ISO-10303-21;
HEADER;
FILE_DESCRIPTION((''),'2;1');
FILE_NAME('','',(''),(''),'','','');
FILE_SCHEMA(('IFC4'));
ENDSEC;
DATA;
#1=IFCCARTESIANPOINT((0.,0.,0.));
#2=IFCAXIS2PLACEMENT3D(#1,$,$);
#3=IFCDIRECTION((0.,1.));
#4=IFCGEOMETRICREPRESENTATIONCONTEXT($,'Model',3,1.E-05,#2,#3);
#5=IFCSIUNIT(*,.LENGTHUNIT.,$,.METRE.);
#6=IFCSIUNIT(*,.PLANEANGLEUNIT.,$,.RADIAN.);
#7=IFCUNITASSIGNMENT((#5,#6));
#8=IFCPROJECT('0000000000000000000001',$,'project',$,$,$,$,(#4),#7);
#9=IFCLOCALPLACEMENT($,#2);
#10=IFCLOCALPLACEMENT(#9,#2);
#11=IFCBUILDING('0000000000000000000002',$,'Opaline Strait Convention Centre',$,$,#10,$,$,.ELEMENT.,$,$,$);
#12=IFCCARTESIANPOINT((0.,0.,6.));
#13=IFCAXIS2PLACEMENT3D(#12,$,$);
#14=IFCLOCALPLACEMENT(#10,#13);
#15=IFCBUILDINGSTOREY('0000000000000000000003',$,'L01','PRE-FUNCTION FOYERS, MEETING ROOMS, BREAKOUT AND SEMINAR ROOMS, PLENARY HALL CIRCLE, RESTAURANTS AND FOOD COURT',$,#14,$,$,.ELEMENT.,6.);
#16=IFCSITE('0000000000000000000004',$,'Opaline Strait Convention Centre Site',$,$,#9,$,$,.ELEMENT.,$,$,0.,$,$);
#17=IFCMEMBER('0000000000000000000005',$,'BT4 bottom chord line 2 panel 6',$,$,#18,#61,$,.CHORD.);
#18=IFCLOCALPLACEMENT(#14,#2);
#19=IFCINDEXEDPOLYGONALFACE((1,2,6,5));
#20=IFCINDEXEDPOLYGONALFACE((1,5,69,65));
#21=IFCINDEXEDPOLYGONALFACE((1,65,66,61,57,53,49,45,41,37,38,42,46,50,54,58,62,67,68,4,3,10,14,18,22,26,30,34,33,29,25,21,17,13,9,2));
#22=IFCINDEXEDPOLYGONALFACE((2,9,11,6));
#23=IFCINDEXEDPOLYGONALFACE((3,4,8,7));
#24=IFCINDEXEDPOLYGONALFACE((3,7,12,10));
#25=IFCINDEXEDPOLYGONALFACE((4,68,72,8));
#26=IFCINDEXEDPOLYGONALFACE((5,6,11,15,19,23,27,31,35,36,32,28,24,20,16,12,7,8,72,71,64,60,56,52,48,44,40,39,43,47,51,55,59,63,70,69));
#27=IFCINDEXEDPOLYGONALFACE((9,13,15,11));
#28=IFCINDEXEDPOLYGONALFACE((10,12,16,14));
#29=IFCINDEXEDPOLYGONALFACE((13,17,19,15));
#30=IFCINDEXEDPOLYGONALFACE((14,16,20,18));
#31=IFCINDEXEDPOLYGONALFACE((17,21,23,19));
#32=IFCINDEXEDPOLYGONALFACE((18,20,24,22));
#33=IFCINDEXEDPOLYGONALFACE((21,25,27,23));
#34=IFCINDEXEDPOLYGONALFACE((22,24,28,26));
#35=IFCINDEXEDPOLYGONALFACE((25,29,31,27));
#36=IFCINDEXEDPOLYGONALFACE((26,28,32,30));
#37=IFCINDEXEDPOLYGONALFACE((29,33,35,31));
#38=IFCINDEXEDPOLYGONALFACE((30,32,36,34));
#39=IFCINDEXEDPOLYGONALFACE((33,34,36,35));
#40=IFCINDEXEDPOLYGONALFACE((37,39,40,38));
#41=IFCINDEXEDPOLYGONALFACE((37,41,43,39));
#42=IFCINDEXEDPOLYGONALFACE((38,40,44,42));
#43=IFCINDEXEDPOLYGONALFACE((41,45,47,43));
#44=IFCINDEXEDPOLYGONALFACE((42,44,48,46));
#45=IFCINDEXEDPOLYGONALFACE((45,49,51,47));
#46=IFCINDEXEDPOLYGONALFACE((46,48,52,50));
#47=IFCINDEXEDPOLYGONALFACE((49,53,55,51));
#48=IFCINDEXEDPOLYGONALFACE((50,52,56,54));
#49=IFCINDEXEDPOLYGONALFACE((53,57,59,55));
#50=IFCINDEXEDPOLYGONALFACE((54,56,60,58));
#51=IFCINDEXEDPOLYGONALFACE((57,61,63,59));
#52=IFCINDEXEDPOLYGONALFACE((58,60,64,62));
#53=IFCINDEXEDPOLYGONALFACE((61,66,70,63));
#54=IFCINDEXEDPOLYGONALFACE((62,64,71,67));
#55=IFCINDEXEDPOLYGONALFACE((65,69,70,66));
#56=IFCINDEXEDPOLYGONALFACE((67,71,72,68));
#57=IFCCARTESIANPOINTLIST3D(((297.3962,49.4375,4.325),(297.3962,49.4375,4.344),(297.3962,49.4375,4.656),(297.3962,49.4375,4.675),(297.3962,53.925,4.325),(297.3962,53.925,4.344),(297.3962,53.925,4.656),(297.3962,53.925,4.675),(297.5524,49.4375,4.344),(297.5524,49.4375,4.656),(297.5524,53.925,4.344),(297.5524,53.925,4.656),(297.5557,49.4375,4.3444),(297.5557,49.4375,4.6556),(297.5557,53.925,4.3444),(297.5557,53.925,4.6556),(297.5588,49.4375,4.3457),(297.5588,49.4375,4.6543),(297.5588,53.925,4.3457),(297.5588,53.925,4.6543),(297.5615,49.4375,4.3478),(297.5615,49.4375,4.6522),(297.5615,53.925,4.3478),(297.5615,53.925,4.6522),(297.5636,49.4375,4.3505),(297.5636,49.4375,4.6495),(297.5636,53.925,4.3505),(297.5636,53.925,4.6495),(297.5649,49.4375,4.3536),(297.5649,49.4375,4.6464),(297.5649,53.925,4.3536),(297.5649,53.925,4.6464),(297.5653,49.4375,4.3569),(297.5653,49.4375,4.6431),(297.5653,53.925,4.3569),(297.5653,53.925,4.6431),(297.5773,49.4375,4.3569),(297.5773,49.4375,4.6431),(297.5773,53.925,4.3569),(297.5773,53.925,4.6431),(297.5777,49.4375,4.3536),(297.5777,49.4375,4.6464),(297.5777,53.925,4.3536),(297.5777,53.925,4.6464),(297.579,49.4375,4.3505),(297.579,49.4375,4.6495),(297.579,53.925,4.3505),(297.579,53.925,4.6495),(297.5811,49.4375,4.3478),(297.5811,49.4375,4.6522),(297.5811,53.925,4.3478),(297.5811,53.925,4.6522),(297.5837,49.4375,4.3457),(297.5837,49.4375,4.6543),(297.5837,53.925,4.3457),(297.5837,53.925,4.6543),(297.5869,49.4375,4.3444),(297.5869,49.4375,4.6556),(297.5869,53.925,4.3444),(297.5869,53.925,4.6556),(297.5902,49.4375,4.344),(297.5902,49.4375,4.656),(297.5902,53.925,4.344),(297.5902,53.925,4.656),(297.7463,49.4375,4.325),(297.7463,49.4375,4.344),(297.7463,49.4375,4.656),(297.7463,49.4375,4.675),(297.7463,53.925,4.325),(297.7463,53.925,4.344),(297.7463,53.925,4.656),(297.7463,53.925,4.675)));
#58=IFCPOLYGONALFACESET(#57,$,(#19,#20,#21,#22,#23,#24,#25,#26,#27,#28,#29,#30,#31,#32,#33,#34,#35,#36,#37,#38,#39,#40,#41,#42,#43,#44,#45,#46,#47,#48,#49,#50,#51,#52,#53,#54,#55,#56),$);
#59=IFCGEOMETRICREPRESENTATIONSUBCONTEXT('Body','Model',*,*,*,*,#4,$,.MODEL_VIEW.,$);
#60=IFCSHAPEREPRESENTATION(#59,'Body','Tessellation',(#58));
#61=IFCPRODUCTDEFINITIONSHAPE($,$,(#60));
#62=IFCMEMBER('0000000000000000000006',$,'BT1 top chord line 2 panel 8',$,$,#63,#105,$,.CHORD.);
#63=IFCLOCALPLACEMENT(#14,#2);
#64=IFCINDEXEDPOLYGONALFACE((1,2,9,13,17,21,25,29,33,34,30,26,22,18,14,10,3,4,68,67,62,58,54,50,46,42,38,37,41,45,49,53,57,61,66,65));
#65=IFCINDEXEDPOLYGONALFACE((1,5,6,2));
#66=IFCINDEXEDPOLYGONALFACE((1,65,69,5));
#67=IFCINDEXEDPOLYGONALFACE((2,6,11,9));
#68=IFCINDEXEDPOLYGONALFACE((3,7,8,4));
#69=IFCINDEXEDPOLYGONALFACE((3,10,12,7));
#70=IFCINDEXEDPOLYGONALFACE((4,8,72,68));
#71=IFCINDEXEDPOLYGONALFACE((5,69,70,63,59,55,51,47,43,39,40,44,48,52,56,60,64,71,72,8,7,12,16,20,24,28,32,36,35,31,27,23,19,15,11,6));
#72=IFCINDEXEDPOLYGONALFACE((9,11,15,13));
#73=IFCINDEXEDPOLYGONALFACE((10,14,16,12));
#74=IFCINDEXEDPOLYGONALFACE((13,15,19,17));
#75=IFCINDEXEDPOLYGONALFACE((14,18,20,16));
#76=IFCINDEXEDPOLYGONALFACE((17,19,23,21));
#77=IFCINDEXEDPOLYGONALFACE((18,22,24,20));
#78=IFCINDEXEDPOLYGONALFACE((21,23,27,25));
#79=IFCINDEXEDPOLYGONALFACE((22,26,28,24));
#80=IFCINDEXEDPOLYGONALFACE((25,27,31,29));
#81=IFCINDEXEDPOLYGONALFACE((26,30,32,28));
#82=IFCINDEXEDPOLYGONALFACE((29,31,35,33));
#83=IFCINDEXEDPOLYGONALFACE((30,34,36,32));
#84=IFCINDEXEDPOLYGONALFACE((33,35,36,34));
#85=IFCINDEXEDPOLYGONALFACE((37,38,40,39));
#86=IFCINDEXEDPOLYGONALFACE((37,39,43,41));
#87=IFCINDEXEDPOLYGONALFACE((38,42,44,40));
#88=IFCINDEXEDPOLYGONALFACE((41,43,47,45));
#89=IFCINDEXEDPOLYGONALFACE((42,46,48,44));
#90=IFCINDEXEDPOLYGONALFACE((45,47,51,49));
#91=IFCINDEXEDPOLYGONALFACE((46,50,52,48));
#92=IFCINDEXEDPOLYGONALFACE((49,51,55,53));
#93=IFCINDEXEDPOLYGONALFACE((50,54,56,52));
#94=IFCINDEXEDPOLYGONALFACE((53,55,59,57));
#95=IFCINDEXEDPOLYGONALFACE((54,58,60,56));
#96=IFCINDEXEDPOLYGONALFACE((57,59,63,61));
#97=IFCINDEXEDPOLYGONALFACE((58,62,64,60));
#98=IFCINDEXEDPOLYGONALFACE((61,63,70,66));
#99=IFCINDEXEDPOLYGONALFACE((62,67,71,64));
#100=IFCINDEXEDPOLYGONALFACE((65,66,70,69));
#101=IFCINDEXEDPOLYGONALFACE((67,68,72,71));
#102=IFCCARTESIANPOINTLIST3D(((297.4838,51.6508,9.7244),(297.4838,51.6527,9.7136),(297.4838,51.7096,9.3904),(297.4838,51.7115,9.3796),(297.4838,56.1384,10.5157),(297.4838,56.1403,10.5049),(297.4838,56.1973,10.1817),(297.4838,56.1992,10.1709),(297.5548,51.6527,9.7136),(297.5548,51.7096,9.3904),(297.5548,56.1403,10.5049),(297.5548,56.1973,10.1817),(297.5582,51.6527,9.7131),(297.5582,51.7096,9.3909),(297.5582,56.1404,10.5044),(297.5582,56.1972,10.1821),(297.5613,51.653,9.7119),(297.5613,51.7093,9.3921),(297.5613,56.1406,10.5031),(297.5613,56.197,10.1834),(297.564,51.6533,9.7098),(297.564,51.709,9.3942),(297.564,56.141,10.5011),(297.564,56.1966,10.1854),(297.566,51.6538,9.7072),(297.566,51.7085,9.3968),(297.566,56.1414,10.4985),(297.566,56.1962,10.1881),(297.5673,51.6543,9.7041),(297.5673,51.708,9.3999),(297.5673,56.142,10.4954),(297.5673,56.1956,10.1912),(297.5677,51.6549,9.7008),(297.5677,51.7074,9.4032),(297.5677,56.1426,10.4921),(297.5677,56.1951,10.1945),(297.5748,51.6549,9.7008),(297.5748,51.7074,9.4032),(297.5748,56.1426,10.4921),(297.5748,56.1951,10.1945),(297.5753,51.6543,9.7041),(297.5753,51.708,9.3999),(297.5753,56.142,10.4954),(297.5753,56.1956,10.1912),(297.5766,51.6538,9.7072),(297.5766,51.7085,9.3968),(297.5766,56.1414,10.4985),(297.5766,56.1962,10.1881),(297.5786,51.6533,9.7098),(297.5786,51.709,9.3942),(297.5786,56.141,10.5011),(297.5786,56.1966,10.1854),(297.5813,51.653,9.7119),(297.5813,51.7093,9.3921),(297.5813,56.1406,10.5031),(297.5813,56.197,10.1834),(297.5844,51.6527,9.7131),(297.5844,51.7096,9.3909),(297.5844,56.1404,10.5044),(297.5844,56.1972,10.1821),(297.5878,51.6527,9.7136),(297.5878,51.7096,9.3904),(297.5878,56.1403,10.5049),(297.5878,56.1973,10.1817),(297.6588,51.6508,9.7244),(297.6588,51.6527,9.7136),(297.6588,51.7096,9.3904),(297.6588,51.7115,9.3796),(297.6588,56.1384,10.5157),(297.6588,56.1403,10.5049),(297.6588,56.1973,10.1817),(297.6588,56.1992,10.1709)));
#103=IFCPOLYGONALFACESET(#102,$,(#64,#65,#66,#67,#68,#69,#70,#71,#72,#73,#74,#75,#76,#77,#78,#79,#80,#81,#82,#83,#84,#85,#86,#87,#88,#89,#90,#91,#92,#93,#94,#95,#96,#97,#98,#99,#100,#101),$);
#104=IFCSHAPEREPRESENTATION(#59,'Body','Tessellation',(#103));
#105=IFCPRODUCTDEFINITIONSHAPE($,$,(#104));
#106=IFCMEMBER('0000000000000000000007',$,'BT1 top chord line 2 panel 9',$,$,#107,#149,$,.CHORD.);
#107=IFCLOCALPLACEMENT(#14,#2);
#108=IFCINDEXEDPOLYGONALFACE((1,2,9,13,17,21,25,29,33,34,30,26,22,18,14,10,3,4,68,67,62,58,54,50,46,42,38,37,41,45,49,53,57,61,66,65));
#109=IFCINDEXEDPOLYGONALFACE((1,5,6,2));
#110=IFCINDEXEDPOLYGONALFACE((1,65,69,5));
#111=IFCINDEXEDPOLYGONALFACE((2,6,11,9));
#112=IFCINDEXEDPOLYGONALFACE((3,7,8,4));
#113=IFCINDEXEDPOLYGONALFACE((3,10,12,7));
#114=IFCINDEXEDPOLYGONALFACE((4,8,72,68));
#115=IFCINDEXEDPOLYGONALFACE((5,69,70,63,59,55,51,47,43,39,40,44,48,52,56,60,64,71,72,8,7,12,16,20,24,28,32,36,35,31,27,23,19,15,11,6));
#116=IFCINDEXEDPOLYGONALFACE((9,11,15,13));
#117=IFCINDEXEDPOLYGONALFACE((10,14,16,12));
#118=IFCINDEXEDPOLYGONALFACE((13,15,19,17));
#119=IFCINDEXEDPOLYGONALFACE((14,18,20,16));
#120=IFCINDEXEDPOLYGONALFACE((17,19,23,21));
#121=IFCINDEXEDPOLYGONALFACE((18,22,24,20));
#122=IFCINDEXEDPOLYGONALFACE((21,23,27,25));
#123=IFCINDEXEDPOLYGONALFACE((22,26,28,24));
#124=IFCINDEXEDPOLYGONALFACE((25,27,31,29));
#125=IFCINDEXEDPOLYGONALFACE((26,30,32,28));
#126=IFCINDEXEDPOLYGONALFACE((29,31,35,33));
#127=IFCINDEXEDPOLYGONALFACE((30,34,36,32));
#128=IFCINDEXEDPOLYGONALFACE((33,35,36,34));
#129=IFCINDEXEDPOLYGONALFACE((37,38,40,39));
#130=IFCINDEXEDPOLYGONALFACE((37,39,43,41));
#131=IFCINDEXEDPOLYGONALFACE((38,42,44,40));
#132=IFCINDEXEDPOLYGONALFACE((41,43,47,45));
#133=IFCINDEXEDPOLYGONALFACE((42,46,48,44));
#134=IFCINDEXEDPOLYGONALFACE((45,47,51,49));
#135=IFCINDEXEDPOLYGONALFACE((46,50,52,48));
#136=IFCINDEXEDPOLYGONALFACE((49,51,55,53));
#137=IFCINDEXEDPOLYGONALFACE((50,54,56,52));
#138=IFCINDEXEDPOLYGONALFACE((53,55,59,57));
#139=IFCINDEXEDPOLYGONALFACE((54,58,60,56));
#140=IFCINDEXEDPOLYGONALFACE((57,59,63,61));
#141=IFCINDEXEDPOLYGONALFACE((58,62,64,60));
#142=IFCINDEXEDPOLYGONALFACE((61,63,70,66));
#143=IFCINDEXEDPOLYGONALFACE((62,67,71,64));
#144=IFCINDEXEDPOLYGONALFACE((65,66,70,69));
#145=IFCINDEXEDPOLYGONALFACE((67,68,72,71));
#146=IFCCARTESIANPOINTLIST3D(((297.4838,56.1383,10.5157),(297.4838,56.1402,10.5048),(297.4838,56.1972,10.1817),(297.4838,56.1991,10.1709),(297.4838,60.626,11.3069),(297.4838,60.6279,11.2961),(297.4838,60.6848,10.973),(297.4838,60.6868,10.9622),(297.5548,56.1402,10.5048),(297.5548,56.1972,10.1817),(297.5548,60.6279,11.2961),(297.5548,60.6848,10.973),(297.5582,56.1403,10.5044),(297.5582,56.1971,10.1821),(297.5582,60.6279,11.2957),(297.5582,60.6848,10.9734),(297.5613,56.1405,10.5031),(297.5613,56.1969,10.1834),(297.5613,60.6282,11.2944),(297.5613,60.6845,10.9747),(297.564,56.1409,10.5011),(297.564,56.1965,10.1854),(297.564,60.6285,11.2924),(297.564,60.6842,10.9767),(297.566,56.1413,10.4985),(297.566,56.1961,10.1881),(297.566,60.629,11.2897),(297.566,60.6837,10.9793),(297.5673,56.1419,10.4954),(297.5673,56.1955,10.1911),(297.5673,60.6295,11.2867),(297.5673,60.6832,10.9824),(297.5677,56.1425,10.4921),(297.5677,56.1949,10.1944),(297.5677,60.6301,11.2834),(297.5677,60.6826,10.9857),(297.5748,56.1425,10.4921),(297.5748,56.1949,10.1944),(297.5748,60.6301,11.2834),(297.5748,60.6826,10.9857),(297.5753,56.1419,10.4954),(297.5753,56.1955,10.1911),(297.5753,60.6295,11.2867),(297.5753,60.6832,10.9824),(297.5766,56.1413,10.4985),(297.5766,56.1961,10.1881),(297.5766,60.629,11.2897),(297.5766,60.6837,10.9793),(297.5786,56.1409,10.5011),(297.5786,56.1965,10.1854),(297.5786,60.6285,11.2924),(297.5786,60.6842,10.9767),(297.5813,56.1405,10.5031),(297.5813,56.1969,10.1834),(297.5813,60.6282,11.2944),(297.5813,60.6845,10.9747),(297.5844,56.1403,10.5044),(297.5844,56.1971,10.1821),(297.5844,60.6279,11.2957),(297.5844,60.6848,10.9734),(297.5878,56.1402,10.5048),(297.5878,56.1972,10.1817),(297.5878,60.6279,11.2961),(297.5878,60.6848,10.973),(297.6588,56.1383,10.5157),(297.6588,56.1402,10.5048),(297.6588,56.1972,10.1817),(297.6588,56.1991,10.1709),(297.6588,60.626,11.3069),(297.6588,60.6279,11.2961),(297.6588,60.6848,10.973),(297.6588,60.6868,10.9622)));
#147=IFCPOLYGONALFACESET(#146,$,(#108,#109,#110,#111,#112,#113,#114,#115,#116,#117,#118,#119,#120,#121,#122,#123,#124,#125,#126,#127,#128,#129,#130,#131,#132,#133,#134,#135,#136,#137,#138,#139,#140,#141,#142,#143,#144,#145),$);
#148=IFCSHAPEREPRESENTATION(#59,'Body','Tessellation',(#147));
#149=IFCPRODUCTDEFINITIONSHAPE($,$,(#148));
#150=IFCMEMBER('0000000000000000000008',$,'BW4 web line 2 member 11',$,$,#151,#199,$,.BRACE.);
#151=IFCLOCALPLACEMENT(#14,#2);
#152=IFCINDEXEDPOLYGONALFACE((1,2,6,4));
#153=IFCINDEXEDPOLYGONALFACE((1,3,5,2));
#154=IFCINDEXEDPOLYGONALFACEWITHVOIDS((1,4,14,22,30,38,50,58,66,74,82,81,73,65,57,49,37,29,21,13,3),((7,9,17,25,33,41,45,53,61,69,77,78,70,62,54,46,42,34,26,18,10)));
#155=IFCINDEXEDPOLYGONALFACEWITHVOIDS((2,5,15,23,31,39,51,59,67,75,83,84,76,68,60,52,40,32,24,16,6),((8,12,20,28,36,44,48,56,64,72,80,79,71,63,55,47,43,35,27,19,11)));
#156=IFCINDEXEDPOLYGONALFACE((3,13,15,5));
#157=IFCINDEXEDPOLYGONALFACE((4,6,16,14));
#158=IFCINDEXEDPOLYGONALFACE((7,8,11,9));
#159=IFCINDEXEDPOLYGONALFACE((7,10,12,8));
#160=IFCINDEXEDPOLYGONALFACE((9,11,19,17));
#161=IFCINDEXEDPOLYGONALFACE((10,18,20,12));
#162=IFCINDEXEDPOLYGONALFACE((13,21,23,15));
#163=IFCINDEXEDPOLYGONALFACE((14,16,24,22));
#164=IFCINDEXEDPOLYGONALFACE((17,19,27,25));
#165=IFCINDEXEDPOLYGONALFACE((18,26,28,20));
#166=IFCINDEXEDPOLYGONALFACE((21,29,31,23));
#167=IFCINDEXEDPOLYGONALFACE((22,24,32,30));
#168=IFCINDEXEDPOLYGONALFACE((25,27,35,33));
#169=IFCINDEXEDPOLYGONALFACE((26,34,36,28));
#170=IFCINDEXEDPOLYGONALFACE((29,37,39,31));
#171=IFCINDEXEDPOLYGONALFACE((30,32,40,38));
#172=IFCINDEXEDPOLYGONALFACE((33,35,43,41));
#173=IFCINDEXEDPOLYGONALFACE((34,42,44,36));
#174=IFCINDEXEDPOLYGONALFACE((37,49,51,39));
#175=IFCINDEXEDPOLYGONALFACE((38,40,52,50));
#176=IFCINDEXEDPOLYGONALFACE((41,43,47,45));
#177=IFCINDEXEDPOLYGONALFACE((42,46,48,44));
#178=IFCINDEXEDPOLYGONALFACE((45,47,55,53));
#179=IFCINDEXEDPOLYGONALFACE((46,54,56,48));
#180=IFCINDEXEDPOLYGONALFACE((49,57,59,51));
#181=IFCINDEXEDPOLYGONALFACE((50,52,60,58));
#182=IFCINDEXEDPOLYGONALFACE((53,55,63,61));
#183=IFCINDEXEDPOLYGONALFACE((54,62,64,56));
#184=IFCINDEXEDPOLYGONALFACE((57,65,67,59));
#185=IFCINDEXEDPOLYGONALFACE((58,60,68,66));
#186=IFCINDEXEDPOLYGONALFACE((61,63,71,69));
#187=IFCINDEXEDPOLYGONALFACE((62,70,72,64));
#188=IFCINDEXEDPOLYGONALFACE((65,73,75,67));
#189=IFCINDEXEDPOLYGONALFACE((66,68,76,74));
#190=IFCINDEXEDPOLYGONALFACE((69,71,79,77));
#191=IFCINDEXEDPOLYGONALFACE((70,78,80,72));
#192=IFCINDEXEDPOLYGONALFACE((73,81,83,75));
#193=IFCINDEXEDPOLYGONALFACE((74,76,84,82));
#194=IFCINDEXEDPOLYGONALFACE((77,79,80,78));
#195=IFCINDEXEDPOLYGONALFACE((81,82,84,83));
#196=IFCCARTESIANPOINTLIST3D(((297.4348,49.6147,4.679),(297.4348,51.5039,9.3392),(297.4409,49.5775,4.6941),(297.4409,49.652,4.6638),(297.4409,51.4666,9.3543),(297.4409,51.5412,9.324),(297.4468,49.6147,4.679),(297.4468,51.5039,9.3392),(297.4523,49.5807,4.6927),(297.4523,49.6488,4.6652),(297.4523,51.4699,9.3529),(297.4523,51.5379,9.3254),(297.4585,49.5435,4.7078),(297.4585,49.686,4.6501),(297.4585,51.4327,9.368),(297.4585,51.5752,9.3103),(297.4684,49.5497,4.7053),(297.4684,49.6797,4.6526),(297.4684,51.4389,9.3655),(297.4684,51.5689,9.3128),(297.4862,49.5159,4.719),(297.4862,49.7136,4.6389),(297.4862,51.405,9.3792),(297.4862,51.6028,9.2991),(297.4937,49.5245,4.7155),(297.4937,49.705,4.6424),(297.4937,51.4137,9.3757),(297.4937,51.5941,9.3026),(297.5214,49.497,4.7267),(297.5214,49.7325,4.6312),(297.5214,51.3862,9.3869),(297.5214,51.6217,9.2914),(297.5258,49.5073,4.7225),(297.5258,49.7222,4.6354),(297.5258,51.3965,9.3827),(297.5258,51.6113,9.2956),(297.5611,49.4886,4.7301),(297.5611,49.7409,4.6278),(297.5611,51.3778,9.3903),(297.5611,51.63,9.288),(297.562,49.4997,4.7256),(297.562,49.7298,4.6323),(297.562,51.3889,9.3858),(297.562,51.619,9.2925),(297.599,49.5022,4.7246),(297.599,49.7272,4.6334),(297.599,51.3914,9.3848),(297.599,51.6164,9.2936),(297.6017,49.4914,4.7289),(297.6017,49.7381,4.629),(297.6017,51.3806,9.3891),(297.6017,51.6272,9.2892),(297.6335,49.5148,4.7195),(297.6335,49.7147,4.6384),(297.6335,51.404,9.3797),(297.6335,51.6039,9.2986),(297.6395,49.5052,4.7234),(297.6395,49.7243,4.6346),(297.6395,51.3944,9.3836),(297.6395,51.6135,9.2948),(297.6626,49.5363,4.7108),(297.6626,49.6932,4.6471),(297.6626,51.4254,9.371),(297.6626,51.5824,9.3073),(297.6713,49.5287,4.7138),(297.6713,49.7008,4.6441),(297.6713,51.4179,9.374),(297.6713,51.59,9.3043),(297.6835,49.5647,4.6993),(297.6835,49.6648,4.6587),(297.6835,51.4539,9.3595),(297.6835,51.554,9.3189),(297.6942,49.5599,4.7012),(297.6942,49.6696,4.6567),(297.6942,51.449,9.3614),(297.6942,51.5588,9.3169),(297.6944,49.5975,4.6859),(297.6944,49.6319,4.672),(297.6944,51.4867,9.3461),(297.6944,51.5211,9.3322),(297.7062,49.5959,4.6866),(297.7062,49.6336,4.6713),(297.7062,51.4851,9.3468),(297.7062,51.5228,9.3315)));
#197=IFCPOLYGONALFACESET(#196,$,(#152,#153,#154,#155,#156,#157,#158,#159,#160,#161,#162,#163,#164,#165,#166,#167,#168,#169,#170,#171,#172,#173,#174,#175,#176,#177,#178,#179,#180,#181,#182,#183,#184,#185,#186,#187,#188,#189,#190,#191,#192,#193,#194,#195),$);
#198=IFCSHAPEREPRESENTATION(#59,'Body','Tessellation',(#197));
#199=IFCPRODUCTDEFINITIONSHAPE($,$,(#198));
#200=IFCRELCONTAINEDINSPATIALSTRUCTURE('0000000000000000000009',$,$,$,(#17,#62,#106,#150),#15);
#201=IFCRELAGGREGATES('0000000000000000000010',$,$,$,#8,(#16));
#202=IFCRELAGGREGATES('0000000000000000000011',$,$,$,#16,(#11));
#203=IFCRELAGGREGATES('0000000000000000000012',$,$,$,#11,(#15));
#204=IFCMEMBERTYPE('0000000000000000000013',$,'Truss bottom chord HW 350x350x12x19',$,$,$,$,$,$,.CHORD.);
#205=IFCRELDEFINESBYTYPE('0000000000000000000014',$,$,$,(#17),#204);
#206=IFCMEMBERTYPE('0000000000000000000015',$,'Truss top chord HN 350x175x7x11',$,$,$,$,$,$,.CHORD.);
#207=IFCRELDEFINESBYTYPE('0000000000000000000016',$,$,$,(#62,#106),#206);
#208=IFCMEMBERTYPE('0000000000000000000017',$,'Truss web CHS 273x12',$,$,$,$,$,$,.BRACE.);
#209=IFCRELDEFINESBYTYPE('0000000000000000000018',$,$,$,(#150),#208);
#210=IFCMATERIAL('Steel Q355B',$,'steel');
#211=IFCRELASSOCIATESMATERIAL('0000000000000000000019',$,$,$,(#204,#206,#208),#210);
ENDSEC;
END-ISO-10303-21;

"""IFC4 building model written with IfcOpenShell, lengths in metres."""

from ifc_helpers import new_model, si_unit, direction, frame, origin, origin_2d, place, context, subcontext, project, spatial, hollow_circle, i_section, extrude, material, material_profile, profile_set, type_object, element, save


model = new_model("IFC4")

# Units and contexts
model_context = context("Model", 3, precision=1e-05, world=origin(), true_north=direction((0.0, 1.0)))
body_context = subcontext(model_context, "Body", "Model", "MODEL_VIEW")
ifc_project = project(units=[si_unit("LENGTHUNIT", "METRE"), si_unit("PLANEANGLEUNIT", "RADIAN")], contexts=[model_context])

# Site, building, storey
site_placement = place(None, origin())
site = spatial("IfcSite", under=ifc_project, at=site_placement, Name="Opaline Strait Convention Centre Site", CompositionType="ELEMENT", RefElevation=0.0)
building_placement = place(site_placement, origin())
building = spatial("IfcBuilding", under=site, at=building_placement, Name="Opaline Strait Convention Centre", CompositionType="ELEMENT")
storey_placement = place(building_placement, frame((0.0, 0.0, 6.0)))
storey = spatial("IfcBuildingStorey", under=building, at=storey_placement, Name="L01", Description="PRE-FUNCTION FOYERS, MEETING ROOMS, BREAKOUT AND SEMINAR ROOMS, PLENARY HALL CIRCLE, RESTAURANTS AND FOOD COURT", CompositionType="ELEMENT", Elevation=6.0)

# Members
ifc_material_1 = material(Name="Steel Q355B", Category="steel")
ifc_material_profile_1 = material_profile(ifc_material_1, i_section(OverallWidth=0.3501, OverallDepth=0.3501, WebThickness=0.012, FlangeThickness=0.019, FilletRadius=0.0129, at=origin_2d()), Name="HW 350x350x12x19")
ifc_profile_set_1 = profile_set([ifc_material_profile_1], Name="Steel Q355B")
member_type_1 = type_object("IfcMemberType", Name="Truss bottom chord HW 350x350x12x19", PredefinedType="CHORD", material=ifc_profile_set_1)
member_1_placement = place(storey_placement, frame((297.5713, 49.4375, 4.5), z_axis=(0.0, 1.0, 0.0), x_axis=(-1.0, 0.0, 0.0)))
element("IfcMember", 1, at=member_1_placement, inside=storey, type_object=member_type_1, Name="BT4 bottom chord line 2 panel 6", PredefinedType="CHORD", context=body_context, shape_type="SweptSolid", body=[
    extrude(i_section(OverallWidth=0.3501, OverallDepth=0.3501, WebThickness=0.012, FlangeThickness=0.019, FilletRadius=0.0129, at=origin_2d()), origin(), (0.0, 0.0, 1.0), 4.4875),
])
ifc_material_profile_2 = material_profile(ifc_material_1, i_section(OverallWidth=0.175, OverallDepth=0.3501, WebThickness=0.0071, FlangeThickness=0.011, FilletRadius=0.0129, at=origin_2d()), Name="HN 350x175x7x11")
ifc_profile_set_2 = profile_set([ifc_material_profile_2], Name="Steel Q355B")
member_type_2 = type_object("IfcMemberType", Name="Truss top chord HN 350x175x7x11", PredefinedType="CHORD", material=ifc_profile_set_2)
for number, where, z_axis, x_axis, name in (
    (2, (297.5713, 51.6812, 9.552), (0.0, 0.984808, 0.173645), (-1.0, 0.0, 0.0), "BT1 top chord line 2 panel 8"),
    (3, (297.5713, 56.1687, 10.3433), (0.0, 0.984808, 0.173645), (-1.0, 0.0, 0.0), "BT1 top chord line 2 panel 9"),
):
    element("IfcMember", number, at=place(storey_placement, frame(where, z_axis=z_axis, x_axis=x_axis)), inside=storey, type_object=member_type_2, Name=name, PredefinedType="CHORD", context=body_context, shape_type="SweptSolid", body=[
        extrude(i_section(OverallWidth=0.175, OverallDepth=0.3501, WebThickness=0.0071, FlangeThickness=0.011, FilletRadius=0.0129, at=origin_2d()), origin(), (0.0, 0.0, 1.0), 4.5569),
    ])
ifc_material_profile_3 = material_profile(ifc_material_1, hollow_circle(Radius=0.1365, WallThickness=0.012, at=origin_2d()), Name="CHS 273x12")
ifc_profile_set_3 = profile_set([ifc_material_profile_3], Name="Steel Q355B")
member_type_3 = type_object("IfcMemberType", Name="Truss web CHS 273x12", PredefinedType="BRACE", material=ifc_profile_set_3)
member_2_placement = place(storey_placement, frame((297.5713, 49.6147, 4.679), z_axis=(0.0, 0.375689, 0.926746), x_axis=(-1.0, 0.0, 0.0)))
element("IfcMember", 4, at=member_2_placement, inside=storey, type_object=member_type_3, Name="BW4 web line 2 member 11", PredefinedType="BRACE", context=body_context, shape_type="SweptSolid", body=[
    extrude(hollow_circle(Radius=0.1365, WallThickness=0.012, at=origin_2d()), origin(), (0.0, 0.0, 1.0), 5.0286),
])

save(model, "model.ifc")
